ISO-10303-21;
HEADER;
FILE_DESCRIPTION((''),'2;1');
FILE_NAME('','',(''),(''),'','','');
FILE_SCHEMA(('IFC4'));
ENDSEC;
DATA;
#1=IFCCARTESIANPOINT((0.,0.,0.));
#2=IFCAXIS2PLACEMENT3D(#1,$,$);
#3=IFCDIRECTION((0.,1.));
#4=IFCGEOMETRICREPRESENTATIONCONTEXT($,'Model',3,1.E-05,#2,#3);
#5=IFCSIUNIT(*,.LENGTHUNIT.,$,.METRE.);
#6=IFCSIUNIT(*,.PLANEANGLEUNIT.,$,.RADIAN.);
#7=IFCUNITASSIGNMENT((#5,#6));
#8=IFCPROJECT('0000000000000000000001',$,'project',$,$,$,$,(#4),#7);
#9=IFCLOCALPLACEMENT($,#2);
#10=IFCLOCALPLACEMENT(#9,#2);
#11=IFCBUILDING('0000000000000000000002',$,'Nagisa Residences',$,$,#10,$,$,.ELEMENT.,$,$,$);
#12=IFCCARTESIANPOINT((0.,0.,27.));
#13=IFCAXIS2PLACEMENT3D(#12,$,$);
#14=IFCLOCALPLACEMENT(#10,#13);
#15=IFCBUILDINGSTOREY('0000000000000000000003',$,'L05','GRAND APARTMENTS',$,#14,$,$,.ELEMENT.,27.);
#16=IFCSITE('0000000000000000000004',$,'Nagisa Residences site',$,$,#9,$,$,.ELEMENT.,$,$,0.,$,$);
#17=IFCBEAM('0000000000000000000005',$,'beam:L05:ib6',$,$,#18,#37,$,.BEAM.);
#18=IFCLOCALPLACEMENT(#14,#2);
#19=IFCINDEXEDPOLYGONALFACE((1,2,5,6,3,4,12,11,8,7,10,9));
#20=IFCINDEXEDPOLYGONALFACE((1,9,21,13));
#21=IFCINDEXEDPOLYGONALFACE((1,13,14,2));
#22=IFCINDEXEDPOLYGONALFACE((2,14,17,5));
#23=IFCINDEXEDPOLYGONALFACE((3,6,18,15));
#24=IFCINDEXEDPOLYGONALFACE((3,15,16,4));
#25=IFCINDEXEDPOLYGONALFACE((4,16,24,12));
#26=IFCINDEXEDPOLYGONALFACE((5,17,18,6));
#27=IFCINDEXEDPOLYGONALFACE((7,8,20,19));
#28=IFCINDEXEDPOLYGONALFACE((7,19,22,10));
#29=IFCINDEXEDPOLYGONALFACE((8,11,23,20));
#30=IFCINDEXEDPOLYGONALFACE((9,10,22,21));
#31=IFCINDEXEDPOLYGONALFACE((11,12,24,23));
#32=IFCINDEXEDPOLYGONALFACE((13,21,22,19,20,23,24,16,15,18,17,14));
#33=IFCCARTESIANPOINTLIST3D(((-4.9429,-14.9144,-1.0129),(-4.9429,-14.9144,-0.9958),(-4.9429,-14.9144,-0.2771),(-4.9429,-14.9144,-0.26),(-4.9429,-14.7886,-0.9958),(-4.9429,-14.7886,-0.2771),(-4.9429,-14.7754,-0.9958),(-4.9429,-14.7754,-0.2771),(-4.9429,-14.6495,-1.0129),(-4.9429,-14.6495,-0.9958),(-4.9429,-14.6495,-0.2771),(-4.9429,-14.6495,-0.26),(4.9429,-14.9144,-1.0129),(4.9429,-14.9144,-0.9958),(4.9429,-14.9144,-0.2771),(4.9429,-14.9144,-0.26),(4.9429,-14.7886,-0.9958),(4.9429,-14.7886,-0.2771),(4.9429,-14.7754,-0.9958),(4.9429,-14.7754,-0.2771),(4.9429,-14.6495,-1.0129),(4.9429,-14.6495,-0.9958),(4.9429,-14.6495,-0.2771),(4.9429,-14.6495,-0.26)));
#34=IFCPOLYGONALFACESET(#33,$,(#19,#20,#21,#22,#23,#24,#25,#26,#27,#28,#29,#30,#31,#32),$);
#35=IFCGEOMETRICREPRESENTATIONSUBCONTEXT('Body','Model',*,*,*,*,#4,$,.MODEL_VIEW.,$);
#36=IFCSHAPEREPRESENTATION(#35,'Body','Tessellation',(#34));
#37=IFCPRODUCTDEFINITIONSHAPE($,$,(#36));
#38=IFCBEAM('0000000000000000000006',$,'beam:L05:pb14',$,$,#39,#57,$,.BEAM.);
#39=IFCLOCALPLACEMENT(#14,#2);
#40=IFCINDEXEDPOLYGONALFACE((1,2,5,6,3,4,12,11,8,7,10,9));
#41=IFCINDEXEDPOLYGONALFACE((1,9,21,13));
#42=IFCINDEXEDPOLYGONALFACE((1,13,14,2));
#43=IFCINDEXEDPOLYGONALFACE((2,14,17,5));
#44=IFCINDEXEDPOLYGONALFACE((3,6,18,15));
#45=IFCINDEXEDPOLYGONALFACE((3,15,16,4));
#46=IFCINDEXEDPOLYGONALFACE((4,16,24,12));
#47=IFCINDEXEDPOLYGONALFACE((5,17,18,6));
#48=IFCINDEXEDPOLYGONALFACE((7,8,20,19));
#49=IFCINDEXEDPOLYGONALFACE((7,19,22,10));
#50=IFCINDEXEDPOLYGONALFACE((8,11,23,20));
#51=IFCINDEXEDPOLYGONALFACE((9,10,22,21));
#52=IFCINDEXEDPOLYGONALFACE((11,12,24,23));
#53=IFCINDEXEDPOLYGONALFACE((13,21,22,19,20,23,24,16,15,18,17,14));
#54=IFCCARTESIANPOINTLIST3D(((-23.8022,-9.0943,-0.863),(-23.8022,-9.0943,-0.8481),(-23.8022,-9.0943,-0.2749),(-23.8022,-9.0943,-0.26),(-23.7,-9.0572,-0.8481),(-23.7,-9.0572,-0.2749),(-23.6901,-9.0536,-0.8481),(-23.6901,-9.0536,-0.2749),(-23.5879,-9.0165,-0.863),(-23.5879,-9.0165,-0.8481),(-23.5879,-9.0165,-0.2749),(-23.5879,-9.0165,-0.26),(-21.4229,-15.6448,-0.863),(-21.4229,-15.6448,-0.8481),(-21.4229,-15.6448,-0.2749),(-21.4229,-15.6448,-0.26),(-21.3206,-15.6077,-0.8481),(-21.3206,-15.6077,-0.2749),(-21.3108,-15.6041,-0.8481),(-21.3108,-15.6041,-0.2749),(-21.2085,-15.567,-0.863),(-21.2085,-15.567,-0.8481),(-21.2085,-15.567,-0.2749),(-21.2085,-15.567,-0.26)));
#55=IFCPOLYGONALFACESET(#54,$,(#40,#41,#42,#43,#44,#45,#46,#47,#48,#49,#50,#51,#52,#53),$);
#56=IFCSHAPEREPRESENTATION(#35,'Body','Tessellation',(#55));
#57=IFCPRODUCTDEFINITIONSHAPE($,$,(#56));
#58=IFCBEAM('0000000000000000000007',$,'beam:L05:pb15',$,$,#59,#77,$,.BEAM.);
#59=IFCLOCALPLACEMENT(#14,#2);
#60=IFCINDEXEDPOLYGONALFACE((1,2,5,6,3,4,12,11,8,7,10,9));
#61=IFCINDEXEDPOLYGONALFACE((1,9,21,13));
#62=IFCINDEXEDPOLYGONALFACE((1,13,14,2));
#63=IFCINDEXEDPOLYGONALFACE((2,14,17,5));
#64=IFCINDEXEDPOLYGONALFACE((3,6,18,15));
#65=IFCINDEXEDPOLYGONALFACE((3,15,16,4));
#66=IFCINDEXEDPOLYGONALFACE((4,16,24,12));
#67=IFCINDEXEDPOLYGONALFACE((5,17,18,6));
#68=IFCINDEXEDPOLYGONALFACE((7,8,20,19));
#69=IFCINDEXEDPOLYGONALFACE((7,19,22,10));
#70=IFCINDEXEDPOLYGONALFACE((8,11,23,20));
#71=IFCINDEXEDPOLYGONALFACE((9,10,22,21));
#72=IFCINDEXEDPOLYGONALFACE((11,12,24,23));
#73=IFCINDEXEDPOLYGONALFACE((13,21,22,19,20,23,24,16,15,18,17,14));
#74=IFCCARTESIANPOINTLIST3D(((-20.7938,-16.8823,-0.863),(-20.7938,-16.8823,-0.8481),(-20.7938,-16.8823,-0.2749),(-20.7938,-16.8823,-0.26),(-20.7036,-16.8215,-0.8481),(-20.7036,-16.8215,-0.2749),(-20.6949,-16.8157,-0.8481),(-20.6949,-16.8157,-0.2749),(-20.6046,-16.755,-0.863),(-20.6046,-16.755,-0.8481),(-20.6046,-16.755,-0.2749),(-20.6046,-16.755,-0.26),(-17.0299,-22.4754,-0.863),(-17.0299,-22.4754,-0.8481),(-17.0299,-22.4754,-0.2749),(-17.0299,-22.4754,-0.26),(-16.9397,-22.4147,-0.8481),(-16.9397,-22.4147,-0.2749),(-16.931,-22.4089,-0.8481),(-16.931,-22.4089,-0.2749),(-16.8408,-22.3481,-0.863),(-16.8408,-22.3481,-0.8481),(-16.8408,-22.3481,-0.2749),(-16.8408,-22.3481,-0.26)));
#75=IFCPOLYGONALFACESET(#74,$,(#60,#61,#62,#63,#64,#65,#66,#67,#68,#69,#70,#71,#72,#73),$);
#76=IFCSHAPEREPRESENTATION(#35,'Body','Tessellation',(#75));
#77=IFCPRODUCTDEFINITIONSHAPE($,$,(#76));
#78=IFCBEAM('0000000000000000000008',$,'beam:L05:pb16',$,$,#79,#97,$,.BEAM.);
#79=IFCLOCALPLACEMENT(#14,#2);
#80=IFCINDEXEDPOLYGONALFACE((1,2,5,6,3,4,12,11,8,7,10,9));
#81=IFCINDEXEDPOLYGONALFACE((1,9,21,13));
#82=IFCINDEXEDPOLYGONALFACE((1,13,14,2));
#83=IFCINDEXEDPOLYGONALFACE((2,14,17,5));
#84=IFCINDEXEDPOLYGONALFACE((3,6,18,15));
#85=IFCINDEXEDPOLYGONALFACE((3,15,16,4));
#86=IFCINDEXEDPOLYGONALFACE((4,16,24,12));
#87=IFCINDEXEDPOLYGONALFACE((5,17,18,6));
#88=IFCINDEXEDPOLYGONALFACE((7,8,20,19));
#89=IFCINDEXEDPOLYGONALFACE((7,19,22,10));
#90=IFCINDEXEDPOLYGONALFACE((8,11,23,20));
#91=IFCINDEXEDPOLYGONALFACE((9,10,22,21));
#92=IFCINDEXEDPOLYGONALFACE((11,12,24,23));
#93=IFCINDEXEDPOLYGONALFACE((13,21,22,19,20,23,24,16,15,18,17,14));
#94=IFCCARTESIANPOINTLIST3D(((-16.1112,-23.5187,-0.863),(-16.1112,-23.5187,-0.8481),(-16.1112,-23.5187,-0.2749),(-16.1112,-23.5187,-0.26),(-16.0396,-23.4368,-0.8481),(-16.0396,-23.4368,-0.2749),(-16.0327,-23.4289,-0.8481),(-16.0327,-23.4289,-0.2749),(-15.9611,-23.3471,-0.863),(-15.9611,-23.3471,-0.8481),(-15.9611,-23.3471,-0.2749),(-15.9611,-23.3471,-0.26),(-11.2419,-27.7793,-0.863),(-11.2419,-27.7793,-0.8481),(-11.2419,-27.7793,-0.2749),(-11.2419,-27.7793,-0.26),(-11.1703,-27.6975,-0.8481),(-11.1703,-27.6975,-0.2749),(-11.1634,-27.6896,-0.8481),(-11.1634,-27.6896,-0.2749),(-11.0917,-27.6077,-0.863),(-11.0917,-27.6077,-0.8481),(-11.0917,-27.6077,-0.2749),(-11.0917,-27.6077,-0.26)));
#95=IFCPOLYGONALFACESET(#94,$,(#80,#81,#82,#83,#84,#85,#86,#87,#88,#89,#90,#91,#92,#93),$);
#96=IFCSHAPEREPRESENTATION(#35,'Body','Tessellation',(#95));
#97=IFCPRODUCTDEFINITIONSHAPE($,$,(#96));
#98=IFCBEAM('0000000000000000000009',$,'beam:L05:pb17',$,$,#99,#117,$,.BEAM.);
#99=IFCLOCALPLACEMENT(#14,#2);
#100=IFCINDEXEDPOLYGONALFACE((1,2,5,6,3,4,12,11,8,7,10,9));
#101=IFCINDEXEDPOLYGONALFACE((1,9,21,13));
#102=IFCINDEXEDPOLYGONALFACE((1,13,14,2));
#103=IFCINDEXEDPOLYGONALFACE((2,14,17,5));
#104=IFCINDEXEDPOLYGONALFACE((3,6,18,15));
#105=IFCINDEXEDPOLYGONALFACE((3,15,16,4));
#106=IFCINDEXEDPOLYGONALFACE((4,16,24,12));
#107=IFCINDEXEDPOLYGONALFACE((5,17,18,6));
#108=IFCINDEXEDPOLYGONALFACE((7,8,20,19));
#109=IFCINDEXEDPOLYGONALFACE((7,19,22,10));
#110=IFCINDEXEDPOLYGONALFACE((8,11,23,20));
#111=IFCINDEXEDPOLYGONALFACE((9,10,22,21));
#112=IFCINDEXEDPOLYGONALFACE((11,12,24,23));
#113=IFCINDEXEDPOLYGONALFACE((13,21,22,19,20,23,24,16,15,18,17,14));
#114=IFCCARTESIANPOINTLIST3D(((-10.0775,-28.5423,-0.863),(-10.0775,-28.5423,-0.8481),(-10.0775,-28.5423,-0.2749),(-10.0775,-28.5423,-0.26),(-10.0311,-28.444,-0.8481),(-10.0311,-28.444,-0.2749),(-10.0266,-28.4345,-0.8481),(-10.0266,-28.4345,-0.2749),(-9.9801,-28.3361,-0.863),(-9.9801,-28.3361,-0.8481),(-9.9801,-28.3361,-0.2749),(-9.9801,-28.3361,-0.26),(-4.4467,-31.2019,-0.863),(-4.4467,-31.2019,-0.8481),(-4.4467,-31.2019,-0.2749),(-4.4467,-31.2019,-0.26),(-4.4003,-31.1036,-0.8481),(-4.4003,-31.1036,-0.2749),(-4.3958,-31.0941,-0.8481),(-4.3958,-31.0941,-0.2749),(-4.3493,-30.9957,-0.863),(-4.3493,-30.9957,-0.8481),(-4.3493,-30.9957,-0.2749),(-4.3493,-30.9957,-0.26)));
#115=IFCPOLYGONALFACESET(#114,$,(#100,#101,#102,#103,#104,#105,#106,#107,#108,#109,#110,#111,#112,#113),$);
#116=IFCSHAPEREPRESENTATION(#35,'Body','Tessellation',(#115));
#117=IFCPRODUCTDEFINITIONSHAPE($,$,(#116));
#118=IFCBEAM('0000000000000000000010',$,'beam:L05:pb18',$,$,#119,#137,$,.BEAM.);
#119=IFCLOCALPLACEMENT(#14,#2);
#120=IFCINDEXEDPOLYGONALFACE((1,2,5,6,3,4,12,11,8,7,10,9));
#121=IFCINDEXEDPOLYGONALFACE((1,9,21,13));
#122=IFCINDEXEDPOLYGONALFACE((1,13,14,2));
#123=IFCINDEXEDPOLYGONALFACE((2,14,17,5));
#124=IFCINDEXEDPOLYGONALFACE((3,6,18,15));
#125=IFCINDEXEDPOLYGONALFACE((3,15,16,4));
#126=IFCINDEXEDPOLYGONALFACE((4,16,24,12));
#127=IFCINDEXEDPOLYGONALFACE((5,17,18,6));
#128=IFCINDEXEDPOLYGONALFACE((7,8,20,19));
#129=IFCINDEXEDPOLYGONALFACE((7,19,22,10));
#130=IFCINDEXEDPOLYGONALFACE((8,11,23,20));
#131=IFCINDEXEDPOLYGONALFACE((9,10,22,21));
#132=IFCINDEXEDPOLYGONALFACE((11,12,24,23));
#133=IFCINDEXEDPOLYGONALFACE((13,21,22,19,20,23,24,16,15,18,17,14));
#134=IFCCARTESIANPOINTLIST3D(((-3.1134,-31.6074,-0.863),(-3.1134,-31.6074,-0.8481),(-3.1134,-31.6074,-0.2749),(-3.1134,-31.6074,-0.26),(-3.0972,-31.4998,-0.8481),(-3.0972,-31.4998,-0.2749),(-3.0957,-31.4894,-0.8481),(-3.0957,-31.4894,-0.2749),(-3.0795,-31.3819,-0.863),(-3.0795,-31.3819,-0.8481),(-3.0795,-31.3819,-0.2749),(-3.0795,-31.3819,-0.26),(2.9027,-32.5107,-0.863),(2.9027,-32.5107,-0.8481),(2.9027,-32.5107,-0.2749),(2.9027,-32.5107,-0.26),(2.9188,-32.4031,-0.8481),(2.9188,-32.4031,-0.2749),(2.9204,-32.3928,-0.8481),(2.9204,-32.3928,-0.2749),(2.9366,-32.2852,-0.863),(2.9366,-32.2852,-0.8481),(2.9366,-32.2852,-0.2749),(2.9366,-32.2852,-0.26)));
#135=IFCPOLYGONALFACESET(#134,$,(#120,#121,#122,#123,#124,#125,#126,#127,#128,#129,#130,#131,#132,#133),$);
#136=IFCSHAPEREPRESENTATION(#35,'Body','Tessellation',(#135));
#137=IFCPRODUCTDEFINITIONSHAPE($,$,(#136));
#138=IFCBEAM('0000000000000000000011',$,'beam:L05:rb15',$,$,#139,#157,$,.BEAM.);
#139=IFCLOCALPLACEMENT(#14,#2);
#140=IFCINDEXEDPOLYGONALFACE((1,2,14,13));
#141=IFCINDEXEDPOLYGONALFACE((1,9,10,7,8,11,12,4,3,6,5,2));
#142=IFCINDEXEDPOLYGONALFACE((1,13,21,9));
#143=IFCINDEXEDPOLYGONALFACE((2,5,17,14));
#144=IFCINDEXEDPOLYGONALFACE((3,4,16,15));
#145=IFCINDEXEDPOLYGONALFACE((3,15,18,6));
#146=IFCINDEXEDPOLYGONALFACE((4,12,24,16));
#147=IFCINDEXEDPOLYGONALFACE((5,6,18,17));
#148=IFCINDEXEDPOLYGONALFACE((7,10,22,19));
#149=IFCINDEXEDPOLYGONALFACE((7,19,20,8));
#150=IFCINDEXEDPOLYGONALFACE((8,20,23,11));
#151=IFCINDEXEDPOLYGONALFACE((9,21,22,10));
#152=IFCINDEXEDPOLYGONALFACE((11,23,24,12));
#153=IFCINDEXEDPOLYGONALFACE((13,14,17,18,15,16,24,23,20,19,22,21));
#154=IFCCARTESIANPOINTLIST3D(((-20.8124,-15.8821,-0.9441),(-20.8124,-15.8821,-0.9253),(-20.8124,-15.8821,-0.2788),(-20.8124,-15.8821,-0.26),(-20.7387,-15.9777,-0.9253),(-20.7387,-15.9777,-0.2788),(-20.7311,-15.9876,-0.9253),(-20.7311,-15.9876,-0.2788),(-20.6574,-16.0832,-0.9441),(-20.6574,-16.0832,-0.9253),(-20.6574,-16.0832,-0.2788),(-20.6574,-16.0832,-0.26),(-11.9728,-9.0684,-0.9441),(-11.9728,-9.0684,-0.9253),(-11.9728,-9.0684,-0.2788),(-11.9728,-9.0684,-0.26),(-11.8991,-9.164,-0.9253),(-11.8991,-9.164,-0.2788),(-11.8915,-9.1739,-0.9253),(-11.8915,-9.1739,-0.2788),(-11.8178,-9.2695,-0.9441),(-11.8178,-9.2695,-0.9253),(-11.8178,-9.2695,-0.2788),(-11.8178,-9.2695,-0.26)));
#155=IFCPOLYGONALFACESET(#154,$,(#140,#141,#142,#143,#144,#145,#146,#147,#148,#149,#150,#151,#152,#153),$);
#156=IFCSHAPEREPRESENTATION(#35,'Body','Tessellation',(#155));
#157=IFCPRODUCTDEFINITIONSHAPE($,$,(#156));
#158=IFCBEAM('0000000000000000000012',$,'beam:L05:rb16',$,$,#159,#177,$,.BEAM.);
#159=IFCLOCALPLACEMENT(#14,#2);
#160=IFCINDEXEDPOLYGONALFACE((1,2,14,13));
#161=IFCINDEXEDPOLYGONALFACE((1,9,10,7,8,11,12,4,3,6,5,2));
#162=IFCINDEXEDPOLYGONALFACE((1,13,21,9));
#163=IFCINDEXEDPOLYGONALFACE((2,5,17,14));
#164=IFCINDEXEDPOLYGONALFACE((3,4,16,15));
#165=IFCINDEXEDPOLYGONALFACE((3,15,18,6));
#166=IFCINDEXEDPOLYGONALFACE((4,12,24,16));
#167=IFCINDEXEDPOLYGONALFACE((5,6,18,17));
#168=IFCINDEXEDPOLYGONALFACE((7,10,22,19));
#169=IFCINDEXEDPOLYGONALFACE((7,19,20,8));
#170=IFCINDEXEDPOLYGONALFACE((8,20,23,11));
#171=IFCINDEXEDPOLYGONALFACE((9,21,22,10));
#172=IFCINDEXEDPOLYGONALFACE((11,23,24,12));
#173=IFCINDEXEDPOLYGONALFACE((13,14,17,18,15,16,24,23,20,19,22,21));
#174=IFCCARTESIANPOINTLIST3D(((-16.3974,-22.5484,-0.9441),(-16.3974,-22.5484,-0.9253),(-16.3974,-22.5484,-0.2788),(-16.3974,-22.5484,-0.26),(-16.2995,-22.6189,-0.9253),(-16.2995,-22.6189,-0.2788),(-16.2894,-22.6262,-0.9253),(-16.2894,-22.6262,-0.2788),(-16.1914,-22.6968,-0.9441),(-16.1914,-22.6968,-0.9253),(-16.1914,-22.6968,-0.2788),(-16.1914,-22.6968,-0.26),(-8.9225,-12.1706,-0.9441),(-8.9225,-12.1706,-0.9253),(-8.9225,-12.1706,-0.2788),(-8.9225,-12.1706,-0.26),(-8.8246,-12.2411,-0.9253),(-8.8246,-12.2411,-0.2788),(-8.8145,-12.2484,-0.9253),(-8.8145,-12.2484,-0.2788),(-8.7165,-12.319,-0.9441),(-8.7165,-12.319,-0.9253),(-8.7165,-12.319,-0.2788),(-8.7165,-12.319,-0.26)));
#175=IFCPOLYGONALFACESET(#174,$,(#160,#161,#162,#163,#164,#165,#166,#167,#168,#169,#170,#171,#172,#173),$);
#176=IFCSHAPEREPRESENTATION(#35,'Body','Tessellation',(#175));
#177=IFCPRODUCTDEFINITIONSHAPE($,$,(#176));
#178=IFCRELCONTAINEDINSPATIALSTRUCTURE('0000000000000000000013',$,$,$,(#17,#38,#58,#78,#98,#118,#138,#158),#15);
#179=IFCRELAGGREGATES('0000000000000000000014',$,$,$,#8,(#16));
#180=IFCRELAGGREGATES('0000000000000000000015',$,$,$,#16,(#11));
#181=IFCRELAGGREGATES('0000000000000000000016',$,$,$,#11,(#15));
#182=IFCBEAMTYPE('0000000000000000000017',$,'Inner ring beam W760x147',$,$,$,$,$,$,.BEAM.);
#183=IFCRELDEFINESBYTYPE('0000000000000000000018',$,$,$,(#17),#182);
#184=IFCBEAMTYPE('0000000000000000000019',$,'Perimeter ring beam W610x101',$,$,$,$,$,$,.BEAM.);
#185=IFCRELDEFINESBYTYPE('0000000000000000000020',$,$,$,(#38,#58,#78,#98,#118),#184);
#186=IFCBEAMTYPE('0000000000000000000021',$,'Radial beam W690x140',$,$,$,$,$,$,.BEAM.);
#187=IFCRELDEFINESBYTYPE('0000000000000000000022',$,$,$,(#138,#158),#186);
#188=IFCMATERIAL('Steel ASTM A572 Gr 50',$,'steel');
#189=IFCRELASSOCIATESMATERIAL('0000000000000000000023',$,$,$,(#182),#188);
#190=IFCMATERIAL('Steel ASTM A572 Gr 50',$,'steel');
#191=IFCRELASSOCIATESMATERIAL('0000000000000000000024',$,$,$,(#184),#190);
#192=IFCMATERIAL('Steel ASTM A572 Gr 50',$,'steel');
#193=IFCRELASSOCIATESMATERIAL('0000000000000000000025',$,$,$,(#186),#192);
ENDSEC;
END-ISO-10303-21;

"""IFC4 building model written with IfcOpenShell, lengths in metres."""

from ifc_helpers import new_model, si_unit, direction, frame, origin, origin_2d, place, context, subcontext, project, spatial, i_section, extrude, material, material_profile, profile_set, type_object, element, save


model = new_model("IFC4")

# Units and contexts
model_context = context("Model", 3, precision=1e-05, world=origin(), true_north=direction((0.0, 1.0)))
body_context = subcontext(model_context, "Body", "Model", "MODEL_VIEW")
ifc_project = project(units=[si_unit("LENGTHUNIT", "METRE"), si_unit("PLANEANGLEUNIT", "RADIAN")], contexts=[model_context])

# Site, building, storey
site_placement = place(None, origin())
site = spatial("IfcSite", under=ifc_project, at=site_placement, Name="Nagisa Residences site", CompositionType="ELEMENT", RefElevation=0.0)
building_placement = place(site_placement, origin())
building = spatial("IfcBuilding", under=site, at=building_placement, Name="Nagisa Residences", CompositionType="ELEMENT")
storey_placement = place(building_placement, frame((0.0, 0.0, 27.0)))
storey = spatial("IfcBuildingStorey", under=building, at=storey_placement, Name="L05", Description="GRAND APARTMENTS", CompositionType="ELEMENT", Elevation=27.0)

# Beams
ifc_material_1 = material(Name="Steel ASTM A572 Gr 50", Category="steel")
ifc_material_profile_1 = material_profile(ifc_material_1, i_section(OverallWidth=0.2649, OverallDepth=0.7529, WebThickness=0.0132, FlangeThickness=0.0171, at=origin_2d()), Name="W760x147")
ifc_profile_set_1 = profile_set([ifc_material_profile_1], Name="Steel ASTM A572 Gr 50")
beam_type_1 = type_object("IfcBeamType", Name="Inner ring beam W760x147", PredefinedType="BEAM", material=ifc_profile_set_1)
beam_1_placement = place(storey_placement, frame((-4.9429, -14.782, -0.6365), z_axis=(1.0, 0.0, 0.0), x_axis=(0.0, 1.0, 0.0)))
element("IfcBeam", 1, at=beam_1_placement, inside=storey, type_object=beam_type_1, Name="beam:L05:ib6", PredefinedType="BEAM", context=body_context, shape_type="SweptSolid", body=[
    extrude(i_section(OverallWidth=0.2649, OverallDepth=0.7529, WebThickness=0.0132, FlangeThickness=0.0171, at=origin_2d()), origin(), (0.0, 0.0, 1.0), 9.8857),
])
ifc_material_2 = material(Name="Steel ASTM A572 Gr 50", Category="steel")
ifc_material_profile_2 = material_profile(ifc_material_2, i_section(OverallWidth=0.228, OverallDepth=0.603, WebThickness=0.0105, FlangeThickness=0.0149, at=origin_2d()), Name="W610x101")
ifc_profile_set_2 = profile_set([ifc_material_profile_2], Name="Steel ASTM A572 Gr 50")
beam_type_2 = type_object("IfcBeamType", Name="Perimeter ring beam W610x101", PredefinedType="BEAM", material=ifc_profile_set_2)
beam_2_placement = place(storey_placement, frame((-23.6951, -9.0554, -0.5615), z_axis=(0.341411, -0.939914, 0.0), x_axis=(0.939914, 0.341411, 0.0)))
element("IfcBeam", 2, at=beam_2_placement, inside=storey, type_object=beam_type_2, Name="beam:L05:pb14", PredefinedType="BEAM", context=body_context, shape_type="SweptSolid", body=[
    extrude(i_section(OverallWidth=0.228, OverallDepth=0.603, WebThickness=0.0105, FlangeThickness=0.0149, at=origin_2d()), origin(), (0.0, 0.0, 1.0), 6.9692),
])
beam_3_placement = place(storey_placement, frame((-20.6992, -16.8186, -0.5615), z_axis=(0.558297, -0.829641, 0.0), x_axis=(0.829641, 0.558297, 0.0)))
element("IfcBeam", 3, at=beam_3_placement, inside=storey, type_object=beam_type_2, Name="beam:L05:pb15", PredefinedType="BEAM", context=body_context, shape_type="SweptSolid", body=[
    extrude(i_section(OverallWidth=0.228, OverallDepth=0.603, WebThickness=0.0105, FlangeThickness=0.0149, at=origin_2d()), origin(), (0.0, 0.0, 1.0), 6.7417),
])
beam_4_placement = place(storey_placement, frame((-16.0361, -23.4329, -0.5615), z_axis=(0.752574, -0.658507, 0.0), x_axis=(0.658507, 0.752574, 0.0)))
element("IfcBeam", 4, at=beam_4_placement, inside=storey, type_object=beam_type_2, Name="beam:L05:pb16", PredefinedType="BEAM", context=body_context, shape_type="SweptSolid", body=[
    extrude(i_section(OverallWidth=0.228, OverallDepth=0.603, WebThickness=0.0105, FlangeThickness=0.0149, at=origin_2d()), origin(), (0.0, 0.0, 1.0), 6.4702),
])
beam_5_placement = place(storey_placement, frame((-10.0288, -28.4392, -0.5615), z_axis=(0.904208, -0.427092, 0.0), x_axis=(0.427092, 0.904208, 0.0)))
element("IfcBeam", 5, at=beam_5_placement, inside=storey, type_object=beam_type_2, Name="beam:L05:pb17", PredefinedType="BEAM", context=body_context, shape_type="SweptSolid", body=[
    extrude(i_section(OverallWidth=0.228, OverallDepth=0.603, WebThickness=0.0105, FlangeThickness=0.0149, at=origin_2d()), origin(), (0.0, 0.0, 1.0), 6.2273),
])
beam_6_placement = place(storey_placement, frame((-3.0964, -31.4946, -0.5615), z_axis=(0.988915, -0.148486, 0.0), x_axis=(0.148486, 0.988915, 0.0)))
element("IfcBeam", 6, at=beam_6_placement, inside=storey, type_object=beam_type_2, Name="beam:L05:pb18", PredefinedType="BEAM", context=body_context, shape_type="SweptSolid", body=[
    extrude(i_section(OverallWidth=0.228, OverallDepth=0.603, WebThickness=0.0105, FlangeThickness=0.0149, at=origin_2d()), origin(), (0.0, 0.0, 1.0), 6.0835),
])
ifc_material_3 = material(Name="Steel ASTM A572 Gr 50", Category="steel")
ifc_material_profile_3 = material_profile(ifc_material_3, i_section(OverallWidth=0.2539, OverallDepth=0.6841, WebThickness=0.0125, FlangeThickness=0.0188, at=origin_2d()), Name="W690x140")
ifc_profile_set_3 = profile_set([ifc_material_profile_3], Name="Steel ASTM A572 Gr 50")
beam_type_3 = type_object("IfcBeamType", Name="Radial beam W690x140", PredefinedType="BEAM", material=ifc_profile_set_3)
beam_7_placement = place(storey_placement, frame((-20.7349, -15.9827, -0.6021), z_axis=(0.792016, 0.6105, 0.0), x_axis=(-0.6105, 0.792016, 0.0)))
element("IfcBeam", 7, at=beam_7_placement, inside=storey, type_object=beam_type_3, Name="beam:L05:rb15", PredefinedType="BEAM", context=body_context, shape_type="SweptSolid", body=[
    extrude(i_section(OverallWidth=0.2539, OverallDepth=0.6841, WebThickness=0.0125, FlangeThickness=0.0188, at=origin_2d()), origin(), (0.0, 0.0, 1.0), 11.1609),
])
beam_8_placement = place(storey_placement, frame((-16.2944, -22.6226, -0.6021), z_axis=(0.584455, 0.811426, 0.0), x_axis=(-0.811426, 0.584455, 0.0)))
element("IfcBeam", 8, at=beam_8_placement, inside=storey, type_object=beam_type_3, Name="beam:L05:rb16", PredefinedType="BEAM", context=body_context, shape_type="SweptSolid", body=[
    extrude(i_section(OverallWidth=0.2539, OverallDepth=0.6841, WebThickness=0.0125, FlangeThickness=0.0188, at=origin_2d()), origin(), (0.0, 0.0, 1.0), 12.7896),
])

save(model, "model.ifc")
